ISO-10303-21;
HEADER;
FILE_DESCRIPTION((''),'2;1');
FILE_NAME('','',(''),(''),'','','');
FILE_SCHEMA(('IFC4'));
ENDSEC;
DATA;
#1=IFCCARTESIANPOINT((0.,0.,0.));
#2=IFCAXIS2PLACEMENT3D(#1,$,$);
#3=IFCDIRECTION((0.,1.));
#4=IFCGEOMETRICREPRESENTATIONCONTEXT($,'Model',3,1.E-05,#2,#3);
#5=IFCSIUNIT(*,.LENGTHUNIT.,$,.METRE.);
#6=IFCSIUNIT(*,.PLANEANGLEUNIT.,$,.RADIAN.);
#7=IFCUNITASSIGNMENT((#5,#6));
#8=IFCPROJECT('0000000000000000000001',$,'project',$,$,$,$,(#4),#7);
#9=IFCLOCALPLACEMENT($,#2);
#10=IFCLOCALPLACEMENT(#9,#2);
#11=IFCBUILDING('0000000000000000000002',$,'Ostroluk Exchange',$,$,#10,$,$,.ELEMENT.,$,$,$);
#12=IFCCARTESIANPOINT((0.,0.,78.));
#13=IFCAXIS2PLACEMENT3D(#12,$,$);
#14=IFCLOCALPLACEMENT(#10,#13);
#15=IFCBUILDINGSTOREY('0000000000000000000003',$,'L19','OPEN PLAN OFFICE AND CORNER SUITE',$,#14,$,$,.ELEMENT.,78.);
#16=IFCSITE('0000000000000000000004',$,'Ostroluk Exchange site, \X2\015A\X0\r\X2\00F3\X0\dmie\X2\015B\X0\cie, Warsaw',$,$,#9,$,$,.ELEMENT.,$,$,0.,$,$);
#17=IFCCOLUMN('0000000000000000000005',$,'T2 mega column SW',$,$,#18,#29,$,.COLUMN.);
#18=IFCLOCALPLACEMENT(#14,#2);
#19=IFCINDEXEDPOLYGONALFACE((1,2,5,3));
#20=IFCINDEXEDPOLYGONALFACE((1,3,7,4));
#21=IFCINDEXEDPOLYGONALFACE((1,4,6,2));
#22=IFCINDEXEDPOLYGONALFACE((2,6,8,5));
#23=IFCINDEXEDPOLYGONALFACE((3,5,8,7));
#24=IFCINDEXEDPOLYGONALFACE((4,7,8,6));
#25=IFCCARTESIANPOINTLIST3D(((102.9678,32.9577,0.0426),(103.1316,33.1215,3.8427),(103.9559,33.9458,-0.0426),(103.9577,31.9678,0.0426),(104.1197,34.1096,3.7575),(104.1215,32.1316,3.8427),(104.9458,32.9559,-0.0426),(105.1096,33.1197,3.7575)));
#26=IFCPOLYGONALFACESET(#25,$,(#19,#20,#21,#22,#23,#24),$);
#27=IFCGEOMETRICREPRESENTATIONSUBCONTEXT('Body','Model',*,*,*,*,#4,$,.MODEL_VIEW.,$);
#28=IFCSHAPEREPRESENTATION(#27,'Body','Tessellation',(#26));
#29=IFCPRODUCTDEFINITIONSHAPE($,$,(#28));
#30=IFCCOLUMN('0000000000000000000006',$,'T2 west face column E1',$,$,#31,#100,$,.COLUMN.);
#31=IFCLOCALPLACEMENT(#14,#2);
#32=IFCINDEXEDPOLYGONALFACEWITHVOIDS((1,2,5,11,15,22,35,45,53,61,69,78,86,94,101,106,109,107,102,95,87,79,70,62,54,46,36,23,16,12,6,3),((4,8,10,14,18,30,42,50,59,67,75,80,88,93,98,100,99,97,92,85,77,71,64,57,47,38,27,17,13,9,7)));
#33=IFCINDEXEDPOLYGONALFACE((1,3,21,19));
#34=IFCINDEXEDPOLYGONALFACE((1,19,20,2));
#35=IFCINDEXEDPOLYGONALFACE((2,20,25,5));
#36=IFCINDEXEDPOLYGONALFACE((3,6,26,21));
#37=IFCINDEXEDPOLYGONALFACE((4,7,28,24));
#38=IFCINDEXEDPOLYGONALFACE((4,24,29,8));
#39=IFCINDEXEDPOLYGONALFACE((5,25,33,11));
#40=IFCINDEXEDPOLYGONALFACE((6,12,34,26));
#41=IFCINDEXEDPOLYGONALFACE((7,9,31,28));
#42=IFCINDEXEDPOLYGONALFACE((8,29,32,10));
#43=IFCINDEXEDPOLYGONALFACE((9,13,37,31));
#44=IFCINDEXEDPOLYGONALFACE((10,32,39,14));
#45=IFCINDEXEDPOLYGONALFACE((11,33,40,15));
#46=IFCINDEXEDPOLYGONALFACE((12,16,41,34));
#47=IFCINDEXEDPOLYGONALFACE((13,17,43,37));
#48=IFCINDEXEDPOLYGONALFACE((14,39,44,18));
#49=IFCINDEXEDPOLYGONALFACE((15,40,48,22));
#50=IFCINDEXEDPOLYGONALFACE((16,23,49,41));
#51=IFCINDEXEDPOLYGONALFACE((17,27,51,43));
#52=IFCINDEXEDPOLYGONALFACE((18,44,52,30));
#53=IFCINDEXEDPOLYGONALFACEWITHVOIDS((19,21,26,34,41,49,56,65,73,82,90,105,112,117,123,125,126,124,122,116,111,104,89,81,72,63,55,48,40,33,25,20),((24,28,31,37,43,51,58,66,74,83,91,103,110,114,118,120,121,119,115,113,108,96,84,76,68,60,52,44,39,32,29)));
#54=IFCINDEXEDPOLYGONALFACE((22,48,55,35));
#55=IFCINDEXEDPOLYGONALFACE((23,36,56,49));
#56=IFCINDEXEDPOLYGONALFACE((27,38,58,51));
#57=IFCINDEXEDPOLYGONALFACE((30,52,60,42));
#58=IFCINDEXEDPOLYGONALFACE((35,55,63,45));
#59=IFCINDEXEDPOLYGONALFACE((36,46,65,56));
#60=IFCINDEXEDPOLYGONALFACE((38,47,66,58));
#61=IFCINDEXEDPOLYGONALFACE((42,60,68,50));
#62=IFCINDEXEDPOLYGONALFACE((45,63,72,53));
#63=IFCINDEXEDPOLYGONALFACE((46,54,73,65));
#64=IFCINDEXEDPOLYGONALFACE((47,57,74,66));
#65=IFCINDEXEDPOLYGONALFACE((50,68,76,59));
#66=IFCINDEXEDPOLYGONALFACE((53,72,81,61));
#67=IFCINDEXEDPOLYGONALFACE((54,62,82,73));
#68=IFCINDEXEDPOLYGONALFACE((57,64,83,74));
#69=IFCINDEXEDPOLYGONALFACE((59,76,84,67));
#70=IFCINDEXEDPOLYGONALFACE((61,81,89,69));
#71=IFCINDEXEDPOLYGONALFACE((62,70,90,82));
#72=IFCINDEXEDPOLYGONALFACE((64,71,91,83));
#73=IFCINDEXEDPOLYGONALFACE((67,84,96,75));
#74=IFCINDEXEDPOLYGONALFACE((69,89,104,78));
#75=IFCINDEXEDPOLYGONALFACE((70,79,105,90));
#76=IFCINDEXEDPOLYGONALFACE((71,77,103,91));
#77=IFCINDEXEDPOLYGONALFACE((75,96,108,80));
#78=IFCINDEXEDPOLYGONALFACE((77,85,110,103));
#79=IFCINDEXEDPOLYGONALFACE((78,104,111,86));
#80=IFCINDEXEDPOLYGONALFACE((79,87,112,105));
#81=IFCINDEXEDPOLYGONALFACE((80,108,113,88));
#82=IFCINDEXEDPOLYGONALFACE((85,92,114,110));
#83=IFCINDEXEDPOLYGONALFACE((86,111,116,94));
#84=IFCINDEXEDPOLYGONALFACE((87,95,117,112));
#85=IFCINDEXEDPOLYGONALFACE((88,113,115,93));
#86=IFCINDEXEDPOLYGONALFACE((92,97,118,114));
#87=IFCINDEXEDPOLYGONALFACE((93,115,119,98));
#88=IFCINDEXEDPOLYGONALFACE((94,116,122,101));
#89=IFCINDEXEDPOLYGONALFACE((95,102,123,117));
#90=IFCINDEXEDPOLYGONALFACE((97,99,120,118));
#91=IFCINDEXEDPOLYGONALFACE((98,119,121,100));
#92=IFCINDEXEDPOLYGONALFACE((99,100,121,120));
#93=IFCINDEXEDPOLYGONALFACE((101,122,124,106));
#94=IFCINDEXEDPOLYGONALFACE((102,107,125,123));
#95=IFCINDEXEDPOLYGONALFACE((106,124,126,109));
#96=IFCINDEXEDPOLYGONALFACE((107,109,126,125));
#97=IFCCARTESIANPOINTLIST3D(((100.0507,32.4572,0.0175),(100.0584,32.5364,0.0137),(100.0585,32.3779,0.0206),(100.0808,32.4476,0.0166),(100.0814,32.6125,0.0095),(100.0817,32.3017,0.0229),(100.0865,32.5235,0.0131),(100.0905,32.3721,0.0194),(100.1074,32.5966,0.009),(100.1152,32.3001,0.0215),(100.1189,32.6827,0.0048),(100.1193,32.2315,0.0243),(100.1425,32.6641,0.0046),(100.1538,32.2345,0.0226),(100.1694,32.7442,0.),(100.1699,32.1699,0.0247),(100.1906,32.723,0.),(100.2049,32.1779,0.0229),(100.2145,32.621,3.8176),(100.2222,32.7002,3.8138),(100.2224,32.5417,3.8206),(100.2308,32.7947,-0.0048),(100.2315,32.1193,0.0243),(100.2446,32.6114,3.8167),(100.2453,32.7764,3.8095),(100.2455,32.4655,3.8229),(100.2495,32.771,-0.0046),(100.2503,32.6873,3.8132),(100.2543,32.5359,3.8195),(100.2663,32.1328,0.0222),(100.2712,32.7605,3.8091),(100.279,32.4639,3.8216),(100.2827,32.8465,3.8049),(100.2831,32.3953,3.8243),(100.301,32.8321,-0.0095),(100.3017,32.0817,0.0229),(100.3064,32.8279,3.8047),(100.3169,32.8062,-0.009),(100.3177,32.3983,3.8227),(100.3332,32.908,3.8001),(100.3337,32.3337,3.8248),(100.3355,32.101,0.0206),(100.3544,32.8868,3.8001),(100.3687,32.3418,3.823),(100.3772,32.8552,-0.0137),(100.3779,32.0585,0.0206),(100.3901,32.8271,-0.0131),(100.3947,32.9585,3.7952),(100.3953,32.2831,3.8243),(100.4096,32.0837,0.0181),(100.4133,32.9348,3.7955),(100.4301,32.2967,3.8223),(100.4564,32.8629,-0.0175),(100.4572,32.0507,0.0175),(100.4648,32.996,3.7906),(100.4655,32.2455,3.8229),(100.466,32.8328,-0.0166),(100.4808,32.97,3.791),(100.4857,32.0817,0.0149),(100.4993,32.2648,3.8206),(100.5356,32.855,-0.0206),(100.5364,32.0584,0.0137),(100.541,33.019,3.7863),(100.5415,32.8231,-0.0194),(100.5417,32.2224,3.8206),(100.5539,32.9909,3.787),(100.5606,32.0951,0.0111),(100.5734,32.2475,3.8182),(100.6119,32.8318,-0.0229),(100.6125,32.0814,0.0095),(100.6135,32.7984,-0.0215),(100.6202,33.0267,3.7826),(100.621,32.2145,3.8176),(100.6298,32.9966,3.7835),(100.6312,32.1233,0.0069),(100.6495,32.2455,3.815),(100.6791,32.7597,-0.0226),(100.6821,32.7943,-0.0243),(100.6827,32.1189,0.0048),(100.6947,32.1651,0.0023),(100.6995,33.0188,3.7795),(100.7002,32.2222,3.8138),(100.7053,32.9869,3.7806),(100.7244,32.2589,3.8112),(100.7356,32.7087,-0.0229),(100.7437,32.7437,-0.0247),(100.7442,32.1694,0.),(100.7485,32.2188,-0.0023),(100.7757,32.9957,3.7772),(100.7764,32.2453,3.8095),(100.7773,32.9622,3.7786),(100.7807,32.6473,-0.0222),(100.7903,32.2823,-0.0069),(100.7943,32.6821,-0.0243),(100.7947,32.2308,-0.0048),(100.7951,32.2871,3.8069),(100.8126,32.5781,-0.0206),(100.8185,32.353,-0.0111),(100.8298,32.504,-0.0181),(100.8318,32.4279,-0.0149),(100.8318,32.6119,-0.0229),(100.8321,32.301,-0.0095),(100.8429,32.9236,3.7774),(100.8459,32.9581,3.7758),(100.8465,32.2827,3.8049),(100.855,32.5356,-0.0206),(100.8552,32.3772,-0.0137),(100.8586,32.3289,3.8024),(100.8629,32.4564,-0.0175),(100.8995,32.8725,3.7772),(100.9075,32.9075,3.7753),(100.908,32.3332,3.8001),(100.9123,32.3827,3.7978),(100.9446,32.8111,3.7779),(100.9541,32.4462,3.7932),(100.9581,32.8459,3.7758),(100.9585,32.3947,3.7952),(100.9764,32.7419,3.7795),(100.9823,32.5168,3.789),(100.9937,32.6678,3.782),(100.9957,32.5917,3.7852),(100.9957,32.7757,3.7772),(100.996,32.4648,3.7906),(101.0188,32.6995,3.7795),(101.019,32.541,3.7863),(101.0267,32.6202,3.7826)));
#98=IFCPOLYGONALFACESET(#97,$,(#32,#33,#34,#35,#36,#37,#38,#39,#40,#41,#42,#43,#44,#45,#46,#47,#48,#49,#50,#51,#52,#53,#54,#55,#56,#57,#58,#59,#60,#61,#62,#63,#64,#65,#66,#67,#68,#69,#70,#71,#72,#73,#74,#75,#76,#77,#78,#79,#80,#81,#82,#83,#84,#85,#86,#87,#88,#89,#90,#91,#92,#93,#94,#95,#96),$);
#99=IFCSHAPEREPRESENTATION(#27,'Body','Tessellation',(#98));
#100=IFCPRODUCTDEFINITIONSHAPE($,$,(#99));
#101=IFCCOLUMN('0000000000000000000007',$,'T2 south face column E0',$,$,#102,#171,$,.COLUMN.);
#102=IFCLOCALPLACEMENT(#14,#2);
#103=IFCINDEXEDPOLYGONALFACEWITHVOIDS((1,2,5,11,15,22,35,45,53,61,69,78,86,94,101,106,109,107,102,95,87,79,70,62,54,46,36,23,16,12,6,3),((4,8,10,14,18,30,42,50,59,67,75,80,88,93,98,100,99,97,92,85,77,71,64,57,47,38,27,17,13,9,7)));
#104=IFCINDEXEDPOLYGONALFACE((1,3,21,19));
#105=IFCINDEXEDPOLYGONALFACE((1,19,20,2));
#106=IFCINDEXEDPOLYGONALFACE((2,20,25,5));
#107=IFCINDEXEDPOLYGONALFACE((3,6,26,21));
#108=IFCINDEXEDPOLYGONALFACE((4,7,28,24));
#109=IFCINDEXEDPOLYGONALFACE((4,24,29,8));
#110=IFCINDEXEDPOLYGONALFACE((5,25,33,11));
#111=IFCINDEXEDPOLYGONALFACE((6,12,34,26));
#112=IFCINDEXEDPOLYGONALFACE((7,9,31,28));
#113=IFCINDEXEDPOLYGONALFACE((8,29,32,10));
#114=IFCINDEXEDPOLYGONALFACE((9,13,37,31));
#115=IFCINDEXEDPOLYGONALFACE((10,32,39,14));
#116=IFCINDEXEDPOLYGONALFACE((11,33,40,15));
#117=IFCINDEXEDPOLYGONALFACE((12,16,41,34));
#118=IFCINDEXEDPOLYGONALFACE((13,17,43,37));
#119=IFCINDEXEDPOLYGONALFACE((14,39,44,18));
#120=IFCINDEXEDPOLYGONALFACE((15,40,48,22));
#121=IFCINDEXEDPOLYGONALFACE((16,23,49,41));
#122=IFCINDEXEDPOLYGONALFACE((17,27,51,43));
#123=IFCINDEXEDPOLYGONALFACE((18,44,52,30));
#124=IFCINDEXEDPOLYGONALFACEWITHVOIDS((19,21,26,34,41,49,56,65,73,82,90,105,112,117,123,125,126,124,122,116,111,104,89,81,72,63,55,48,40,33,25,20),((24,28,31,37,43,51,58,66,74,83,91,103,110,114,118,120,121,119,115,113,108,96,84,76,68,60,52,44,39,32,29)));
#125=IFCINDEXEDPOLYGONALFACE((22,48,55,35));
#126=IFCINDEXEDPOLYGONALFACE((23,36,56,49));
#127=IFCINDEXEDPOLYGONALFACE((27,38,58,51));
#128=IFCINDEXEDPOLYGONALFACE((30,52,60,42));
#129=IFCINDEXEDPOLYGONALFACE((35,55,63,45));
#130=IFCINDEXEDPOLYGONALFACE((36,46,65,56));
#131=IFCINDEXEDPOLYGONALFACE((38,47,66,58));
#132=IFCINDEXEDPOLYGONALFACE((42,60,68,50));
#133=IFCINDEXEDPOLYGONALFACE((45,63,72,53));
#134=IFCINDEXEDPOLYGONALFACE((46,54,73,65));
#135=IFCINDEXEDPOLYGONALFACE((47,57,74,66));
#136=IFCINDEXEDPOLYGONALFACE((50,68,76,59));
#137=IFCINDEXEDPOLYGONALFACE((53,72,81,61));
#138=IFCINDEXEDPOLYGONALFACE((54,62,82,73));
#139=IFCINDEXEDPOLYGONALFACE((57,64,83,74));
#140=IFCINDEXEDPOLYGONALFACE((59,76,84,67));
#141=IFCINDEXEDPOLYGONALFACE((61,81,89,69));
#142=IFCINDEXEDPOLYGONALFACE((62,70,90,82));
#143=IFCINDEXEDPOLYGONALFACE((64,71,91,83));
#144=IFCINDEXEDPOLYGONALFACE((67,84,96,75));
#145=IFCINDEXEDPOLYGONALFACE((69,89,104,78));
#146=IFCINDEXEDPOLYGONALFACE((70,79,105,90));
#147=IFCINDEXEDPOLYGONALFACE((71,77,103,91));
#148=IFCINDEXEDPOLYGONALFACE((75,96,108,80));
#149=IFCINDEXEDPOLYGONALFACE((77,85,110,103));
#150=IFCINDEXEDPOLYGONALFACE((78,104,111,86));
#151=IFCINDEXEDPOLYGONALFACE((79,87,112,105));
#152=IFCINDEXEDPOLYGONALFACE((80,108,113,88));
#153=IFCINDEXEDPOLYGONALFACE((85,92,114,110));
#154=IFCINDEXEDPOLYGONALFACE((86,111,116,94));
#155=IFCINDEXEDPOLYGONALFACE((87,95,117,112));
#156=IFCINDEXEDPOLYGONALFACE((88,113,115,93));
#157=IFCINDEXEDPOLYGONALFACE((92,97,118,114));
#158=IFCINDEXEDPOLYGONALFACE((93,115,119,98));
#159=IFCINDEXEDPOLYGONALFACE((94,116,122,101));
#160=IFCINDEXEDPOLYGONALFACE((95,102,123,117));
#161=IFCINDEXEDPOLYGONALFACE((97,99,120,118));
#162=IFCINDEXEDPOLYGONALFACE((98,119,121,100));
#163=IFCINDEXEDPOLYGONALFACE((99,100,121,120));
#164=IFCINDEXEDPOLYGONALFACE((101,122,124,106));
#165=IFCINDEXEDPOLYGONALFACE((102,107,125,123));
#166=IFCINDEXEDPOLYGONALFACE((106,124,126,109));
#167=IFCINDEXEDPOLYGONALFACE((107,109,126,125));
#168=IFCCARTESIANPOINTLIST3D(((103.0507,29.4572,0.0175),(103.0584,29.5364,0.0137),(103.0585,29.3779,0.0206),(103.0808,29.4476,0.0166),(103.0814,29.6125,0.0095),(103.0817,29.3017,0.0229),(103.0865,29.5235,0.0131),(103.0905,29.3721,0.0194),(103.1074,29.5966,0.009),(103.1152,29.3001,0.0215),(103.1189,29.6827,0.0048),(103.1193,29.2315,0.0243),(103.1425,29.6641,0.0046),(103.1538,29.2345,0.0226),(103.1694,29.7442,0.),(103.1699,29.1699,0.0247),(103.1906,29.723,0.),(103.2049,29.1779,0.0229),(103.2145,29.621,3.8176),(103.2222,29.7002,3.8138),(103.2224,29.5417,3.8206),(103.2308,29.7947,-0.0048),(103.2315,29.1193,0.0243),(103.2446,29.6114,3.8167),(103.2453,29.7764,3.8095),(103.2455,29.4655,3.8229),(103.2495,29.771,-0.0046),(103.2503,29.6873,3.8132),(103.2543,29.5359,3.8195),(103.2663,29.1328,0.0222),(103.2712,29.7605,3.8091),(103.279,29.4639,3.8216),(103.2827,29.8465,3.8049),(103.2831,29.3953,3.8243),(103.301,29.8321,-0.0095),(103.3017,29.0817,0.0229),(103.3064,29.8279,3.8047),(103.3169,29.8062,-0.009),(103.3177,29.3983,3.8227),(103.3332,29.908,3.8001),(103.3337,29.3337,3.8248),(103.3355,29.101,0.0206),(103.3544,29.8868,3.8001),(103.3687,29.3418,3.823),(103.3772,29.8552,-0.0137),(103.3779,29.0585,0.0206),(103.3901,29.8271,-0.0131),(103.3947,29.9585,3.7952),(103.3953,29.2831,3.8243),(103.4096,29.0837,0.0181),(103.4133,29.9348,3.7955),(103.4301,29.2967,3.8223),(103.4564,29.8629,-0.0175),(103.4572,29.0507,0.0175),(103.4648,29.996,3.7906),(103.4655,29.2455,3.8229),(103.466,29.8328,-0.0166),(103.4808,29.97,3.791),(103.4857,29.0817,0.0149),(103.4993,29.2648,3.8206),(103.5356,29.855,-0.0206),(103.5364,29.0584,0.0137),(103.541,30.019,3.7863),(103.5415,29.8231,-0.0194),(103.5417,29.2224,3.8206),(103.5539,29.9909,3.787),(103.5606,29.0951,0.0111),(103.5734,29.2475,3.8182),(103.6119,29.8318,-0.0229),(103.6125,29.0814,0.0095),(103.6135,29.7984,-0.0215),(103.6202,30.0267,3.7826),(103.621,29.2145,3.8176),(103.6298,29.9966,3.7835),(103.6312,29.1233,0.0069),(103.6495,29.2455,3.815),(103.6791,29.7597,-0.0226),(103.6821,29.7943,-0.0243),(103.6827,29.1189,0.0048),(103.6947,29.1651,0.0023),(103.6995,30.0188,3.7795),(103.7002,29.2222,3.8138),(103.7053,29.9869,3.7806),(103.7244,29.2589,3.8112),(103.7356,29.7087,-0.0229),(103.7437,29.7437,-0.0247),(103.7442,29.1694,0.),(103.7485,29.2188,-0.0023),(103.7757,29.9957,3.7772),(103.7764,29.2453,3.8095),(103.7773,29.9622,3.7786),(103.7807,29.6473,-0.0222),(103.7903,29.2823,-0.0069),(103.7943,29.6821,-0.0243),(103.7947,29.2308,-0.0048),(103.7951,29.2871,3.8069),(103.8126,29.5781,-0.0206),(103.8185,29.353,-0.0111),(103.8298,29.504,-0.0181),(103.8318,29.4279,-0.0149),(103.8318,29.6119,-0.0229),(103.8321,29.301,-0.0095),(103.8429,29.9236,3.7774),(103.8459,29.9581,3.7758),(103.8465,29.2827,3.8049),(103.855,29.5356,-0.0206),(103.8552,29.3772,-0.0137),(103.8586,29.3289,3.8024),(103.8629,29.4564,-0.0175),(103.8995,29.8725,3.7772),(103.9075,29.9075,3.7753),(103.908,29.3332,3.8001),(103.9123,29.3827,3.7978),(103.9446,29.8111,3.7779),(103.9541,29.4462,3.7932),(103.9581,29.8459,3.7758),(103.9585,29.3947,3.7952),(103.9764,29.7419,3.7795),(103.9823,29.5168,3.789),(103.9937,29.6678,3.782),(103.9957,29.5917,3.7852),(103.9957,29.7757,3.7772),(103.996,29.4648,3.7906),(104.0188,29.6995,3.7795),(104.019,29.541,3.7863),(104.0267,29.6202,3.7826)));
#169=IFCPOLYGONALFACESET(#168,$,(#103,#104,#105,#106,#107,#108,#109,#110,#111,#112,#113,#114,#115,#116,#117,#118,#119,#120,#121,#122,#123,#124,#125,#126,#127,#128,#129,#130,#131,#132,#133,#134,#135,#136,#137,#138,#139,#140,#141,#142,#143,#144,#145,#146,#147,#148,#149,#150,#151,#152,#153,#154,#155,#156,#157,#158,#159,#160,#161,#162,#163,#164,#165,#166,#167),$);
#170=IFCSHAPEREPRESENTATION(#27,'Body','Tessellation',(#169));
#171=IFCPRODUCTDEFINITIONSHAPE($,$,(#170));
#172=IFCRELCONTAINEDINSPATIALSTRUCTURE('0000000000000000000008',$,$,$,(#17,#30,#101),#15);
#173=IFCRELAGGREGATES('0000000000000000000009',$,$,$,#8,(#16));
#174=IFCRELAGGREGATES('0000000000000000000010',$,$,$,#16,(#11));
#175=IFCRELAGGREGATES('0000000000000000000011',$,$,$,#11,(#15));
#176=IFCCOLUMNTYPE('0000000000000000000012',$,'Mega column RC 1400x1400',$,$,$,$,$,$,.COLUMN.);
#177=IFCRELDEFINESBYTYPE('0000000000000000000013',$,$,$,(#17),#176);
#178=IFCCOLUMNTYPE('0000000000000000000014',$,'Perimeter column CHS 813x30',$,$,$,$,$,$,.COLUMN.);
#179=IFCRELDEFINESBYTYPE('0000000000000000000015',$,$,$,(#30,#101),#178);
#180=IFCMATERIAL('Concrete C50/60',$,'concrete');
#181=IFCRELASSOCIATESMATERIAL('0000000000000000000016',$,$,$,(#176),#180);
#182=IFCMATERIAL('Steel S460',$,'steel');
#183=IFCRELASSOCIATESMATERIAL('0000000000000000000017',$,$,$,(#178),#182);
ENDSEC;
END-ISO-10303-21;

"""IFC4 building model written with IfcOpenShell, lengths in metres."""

from ifc_helpers import new_model, si_unit, direction, frame, origin, origin_2d, place, context, subcontext, project, spatial, rectangle, hollow_circle, extrude, material, material_profile, profile_set, type_object, element, save


model = new_model("IFC4")

# Units and contexts
model_context = context("Model", 3, precision=1e-05, world=origin(), true_north=direction((0.0, 1.0)))
body_context = subcontext(model_context, "Body", "Model", "MODEL_VIEW")
ifc_project = project(units=[si_unit("LENGTHUNIT", "METRE"), si_unit("PLANEANGLEUNIT", "RADIAN")], contexts=[model_context])

# Site, building, storey
site_placement = place(None, origin())
site = spatial("IfcSite", under=ifc_project, at=site_placement, Name="Ostroluk Exchange site, Śródmieście, Warsaw", CompositionType="ELEMENT", RefElevation=0.0)
building_placement = place(site_placement, origin())
building = spatial("IfcBuilding", under=site, at=building_placement, Name="Ostroluk Exchange", CompositionType="ELEMENT")
storey_placement = place(building_placement, frame((0.0, 0.0, 78.0)))
storey = spatial("IfcBuildingStorey", under=building, at=storey_placement, Name="L19", Description="OPEN PLAN OFFICE AND CORNER SUITE", CompositionType="ELEMENT", Elevation=78.0)

# Columns
ifc_material_1 = material(Name="Concrete C50/60", Category="concrete")
ifc_material_profile_1 = material_profile(ifc_material_1, rectangle(XDim=1.3999, YDim=1.3999, at=origin_2d()), Name="RC 1400x1400")
ifc_profile_set_1 = profile_set([ifc_material_profile_1], Name="Concrete C50/60")
column_type_1 = type_object("IfcColumnType", Name="Mega column RC 1400x1400", PredefinedType="COLUMN", material=ifc_profile_set_1)
column_placement = place(storey_placement, frame((103.9568, 32.9568, 0.0), z_axis=(0.04303, 0.04303, 0.998147), x_axis=(-0.707107, 0.707107, 0.0)))
element("IfcColumn", 1, at=column_placement, inside=storey, type_object=column_type_1, Name="T2 mega column SW", PredefinedType="COLUMN", context=body_context, shape_type="SweptSolid", body=[
    extrude(rectangle(XDim=1.3999, YDim=1.3999, at=origin_2d()), origin(), (0.0, 0.0, 1.0), 3.8071),
])
ifc_material_2 = material(Name="Steel S460", Category="steel")
ifc_material_profile_2 = material_profile(ifc_material_2, hollow_circle(Radius=0.4065, WallThickness=0.03, at=origin_2d()), Name="CHS 813x30")
ifc_profile_set_2 = profile_set([ifc_material_profile_2], Name="Steel S460")
column_type_2 = type_object("IfcColumnType", Name="Perimeter column CHS 813x30", PredefinedType="COLUMN", material=ifc_profile_set_2)
for number, where, z_axis, x_axis, name in (
    (2, (100.4568, 32.4568, 0.0), (0.04303, 0.04303, 0.998147), (-0.707107, 0.707107, 0.0), "T2 west face column E1"),
    (3, (103.4568, 29.4568, 0.0), (0.04303, 0.04303, 0.998147), (-0.707107, 0.707107, 0.0), "T2 south face column E0"),
):
    element("IfcColumn", number, at=place(storey_placement, frame(where, z_axis=z_axis, x_axis=x_axis)), inside=storey, type_object=column_type_2, Name=name, PredefinedType="COLUMN", context=body_context, shape_type="SweptSolid", body=[
        extrude(hollow_circle(Radius=0.4065, WallThickness=0.03, at=origin_2d()), origin(), (0.0, 0.0, 1.0), 3.8071),
    ])

save(model, "model.ifc")
